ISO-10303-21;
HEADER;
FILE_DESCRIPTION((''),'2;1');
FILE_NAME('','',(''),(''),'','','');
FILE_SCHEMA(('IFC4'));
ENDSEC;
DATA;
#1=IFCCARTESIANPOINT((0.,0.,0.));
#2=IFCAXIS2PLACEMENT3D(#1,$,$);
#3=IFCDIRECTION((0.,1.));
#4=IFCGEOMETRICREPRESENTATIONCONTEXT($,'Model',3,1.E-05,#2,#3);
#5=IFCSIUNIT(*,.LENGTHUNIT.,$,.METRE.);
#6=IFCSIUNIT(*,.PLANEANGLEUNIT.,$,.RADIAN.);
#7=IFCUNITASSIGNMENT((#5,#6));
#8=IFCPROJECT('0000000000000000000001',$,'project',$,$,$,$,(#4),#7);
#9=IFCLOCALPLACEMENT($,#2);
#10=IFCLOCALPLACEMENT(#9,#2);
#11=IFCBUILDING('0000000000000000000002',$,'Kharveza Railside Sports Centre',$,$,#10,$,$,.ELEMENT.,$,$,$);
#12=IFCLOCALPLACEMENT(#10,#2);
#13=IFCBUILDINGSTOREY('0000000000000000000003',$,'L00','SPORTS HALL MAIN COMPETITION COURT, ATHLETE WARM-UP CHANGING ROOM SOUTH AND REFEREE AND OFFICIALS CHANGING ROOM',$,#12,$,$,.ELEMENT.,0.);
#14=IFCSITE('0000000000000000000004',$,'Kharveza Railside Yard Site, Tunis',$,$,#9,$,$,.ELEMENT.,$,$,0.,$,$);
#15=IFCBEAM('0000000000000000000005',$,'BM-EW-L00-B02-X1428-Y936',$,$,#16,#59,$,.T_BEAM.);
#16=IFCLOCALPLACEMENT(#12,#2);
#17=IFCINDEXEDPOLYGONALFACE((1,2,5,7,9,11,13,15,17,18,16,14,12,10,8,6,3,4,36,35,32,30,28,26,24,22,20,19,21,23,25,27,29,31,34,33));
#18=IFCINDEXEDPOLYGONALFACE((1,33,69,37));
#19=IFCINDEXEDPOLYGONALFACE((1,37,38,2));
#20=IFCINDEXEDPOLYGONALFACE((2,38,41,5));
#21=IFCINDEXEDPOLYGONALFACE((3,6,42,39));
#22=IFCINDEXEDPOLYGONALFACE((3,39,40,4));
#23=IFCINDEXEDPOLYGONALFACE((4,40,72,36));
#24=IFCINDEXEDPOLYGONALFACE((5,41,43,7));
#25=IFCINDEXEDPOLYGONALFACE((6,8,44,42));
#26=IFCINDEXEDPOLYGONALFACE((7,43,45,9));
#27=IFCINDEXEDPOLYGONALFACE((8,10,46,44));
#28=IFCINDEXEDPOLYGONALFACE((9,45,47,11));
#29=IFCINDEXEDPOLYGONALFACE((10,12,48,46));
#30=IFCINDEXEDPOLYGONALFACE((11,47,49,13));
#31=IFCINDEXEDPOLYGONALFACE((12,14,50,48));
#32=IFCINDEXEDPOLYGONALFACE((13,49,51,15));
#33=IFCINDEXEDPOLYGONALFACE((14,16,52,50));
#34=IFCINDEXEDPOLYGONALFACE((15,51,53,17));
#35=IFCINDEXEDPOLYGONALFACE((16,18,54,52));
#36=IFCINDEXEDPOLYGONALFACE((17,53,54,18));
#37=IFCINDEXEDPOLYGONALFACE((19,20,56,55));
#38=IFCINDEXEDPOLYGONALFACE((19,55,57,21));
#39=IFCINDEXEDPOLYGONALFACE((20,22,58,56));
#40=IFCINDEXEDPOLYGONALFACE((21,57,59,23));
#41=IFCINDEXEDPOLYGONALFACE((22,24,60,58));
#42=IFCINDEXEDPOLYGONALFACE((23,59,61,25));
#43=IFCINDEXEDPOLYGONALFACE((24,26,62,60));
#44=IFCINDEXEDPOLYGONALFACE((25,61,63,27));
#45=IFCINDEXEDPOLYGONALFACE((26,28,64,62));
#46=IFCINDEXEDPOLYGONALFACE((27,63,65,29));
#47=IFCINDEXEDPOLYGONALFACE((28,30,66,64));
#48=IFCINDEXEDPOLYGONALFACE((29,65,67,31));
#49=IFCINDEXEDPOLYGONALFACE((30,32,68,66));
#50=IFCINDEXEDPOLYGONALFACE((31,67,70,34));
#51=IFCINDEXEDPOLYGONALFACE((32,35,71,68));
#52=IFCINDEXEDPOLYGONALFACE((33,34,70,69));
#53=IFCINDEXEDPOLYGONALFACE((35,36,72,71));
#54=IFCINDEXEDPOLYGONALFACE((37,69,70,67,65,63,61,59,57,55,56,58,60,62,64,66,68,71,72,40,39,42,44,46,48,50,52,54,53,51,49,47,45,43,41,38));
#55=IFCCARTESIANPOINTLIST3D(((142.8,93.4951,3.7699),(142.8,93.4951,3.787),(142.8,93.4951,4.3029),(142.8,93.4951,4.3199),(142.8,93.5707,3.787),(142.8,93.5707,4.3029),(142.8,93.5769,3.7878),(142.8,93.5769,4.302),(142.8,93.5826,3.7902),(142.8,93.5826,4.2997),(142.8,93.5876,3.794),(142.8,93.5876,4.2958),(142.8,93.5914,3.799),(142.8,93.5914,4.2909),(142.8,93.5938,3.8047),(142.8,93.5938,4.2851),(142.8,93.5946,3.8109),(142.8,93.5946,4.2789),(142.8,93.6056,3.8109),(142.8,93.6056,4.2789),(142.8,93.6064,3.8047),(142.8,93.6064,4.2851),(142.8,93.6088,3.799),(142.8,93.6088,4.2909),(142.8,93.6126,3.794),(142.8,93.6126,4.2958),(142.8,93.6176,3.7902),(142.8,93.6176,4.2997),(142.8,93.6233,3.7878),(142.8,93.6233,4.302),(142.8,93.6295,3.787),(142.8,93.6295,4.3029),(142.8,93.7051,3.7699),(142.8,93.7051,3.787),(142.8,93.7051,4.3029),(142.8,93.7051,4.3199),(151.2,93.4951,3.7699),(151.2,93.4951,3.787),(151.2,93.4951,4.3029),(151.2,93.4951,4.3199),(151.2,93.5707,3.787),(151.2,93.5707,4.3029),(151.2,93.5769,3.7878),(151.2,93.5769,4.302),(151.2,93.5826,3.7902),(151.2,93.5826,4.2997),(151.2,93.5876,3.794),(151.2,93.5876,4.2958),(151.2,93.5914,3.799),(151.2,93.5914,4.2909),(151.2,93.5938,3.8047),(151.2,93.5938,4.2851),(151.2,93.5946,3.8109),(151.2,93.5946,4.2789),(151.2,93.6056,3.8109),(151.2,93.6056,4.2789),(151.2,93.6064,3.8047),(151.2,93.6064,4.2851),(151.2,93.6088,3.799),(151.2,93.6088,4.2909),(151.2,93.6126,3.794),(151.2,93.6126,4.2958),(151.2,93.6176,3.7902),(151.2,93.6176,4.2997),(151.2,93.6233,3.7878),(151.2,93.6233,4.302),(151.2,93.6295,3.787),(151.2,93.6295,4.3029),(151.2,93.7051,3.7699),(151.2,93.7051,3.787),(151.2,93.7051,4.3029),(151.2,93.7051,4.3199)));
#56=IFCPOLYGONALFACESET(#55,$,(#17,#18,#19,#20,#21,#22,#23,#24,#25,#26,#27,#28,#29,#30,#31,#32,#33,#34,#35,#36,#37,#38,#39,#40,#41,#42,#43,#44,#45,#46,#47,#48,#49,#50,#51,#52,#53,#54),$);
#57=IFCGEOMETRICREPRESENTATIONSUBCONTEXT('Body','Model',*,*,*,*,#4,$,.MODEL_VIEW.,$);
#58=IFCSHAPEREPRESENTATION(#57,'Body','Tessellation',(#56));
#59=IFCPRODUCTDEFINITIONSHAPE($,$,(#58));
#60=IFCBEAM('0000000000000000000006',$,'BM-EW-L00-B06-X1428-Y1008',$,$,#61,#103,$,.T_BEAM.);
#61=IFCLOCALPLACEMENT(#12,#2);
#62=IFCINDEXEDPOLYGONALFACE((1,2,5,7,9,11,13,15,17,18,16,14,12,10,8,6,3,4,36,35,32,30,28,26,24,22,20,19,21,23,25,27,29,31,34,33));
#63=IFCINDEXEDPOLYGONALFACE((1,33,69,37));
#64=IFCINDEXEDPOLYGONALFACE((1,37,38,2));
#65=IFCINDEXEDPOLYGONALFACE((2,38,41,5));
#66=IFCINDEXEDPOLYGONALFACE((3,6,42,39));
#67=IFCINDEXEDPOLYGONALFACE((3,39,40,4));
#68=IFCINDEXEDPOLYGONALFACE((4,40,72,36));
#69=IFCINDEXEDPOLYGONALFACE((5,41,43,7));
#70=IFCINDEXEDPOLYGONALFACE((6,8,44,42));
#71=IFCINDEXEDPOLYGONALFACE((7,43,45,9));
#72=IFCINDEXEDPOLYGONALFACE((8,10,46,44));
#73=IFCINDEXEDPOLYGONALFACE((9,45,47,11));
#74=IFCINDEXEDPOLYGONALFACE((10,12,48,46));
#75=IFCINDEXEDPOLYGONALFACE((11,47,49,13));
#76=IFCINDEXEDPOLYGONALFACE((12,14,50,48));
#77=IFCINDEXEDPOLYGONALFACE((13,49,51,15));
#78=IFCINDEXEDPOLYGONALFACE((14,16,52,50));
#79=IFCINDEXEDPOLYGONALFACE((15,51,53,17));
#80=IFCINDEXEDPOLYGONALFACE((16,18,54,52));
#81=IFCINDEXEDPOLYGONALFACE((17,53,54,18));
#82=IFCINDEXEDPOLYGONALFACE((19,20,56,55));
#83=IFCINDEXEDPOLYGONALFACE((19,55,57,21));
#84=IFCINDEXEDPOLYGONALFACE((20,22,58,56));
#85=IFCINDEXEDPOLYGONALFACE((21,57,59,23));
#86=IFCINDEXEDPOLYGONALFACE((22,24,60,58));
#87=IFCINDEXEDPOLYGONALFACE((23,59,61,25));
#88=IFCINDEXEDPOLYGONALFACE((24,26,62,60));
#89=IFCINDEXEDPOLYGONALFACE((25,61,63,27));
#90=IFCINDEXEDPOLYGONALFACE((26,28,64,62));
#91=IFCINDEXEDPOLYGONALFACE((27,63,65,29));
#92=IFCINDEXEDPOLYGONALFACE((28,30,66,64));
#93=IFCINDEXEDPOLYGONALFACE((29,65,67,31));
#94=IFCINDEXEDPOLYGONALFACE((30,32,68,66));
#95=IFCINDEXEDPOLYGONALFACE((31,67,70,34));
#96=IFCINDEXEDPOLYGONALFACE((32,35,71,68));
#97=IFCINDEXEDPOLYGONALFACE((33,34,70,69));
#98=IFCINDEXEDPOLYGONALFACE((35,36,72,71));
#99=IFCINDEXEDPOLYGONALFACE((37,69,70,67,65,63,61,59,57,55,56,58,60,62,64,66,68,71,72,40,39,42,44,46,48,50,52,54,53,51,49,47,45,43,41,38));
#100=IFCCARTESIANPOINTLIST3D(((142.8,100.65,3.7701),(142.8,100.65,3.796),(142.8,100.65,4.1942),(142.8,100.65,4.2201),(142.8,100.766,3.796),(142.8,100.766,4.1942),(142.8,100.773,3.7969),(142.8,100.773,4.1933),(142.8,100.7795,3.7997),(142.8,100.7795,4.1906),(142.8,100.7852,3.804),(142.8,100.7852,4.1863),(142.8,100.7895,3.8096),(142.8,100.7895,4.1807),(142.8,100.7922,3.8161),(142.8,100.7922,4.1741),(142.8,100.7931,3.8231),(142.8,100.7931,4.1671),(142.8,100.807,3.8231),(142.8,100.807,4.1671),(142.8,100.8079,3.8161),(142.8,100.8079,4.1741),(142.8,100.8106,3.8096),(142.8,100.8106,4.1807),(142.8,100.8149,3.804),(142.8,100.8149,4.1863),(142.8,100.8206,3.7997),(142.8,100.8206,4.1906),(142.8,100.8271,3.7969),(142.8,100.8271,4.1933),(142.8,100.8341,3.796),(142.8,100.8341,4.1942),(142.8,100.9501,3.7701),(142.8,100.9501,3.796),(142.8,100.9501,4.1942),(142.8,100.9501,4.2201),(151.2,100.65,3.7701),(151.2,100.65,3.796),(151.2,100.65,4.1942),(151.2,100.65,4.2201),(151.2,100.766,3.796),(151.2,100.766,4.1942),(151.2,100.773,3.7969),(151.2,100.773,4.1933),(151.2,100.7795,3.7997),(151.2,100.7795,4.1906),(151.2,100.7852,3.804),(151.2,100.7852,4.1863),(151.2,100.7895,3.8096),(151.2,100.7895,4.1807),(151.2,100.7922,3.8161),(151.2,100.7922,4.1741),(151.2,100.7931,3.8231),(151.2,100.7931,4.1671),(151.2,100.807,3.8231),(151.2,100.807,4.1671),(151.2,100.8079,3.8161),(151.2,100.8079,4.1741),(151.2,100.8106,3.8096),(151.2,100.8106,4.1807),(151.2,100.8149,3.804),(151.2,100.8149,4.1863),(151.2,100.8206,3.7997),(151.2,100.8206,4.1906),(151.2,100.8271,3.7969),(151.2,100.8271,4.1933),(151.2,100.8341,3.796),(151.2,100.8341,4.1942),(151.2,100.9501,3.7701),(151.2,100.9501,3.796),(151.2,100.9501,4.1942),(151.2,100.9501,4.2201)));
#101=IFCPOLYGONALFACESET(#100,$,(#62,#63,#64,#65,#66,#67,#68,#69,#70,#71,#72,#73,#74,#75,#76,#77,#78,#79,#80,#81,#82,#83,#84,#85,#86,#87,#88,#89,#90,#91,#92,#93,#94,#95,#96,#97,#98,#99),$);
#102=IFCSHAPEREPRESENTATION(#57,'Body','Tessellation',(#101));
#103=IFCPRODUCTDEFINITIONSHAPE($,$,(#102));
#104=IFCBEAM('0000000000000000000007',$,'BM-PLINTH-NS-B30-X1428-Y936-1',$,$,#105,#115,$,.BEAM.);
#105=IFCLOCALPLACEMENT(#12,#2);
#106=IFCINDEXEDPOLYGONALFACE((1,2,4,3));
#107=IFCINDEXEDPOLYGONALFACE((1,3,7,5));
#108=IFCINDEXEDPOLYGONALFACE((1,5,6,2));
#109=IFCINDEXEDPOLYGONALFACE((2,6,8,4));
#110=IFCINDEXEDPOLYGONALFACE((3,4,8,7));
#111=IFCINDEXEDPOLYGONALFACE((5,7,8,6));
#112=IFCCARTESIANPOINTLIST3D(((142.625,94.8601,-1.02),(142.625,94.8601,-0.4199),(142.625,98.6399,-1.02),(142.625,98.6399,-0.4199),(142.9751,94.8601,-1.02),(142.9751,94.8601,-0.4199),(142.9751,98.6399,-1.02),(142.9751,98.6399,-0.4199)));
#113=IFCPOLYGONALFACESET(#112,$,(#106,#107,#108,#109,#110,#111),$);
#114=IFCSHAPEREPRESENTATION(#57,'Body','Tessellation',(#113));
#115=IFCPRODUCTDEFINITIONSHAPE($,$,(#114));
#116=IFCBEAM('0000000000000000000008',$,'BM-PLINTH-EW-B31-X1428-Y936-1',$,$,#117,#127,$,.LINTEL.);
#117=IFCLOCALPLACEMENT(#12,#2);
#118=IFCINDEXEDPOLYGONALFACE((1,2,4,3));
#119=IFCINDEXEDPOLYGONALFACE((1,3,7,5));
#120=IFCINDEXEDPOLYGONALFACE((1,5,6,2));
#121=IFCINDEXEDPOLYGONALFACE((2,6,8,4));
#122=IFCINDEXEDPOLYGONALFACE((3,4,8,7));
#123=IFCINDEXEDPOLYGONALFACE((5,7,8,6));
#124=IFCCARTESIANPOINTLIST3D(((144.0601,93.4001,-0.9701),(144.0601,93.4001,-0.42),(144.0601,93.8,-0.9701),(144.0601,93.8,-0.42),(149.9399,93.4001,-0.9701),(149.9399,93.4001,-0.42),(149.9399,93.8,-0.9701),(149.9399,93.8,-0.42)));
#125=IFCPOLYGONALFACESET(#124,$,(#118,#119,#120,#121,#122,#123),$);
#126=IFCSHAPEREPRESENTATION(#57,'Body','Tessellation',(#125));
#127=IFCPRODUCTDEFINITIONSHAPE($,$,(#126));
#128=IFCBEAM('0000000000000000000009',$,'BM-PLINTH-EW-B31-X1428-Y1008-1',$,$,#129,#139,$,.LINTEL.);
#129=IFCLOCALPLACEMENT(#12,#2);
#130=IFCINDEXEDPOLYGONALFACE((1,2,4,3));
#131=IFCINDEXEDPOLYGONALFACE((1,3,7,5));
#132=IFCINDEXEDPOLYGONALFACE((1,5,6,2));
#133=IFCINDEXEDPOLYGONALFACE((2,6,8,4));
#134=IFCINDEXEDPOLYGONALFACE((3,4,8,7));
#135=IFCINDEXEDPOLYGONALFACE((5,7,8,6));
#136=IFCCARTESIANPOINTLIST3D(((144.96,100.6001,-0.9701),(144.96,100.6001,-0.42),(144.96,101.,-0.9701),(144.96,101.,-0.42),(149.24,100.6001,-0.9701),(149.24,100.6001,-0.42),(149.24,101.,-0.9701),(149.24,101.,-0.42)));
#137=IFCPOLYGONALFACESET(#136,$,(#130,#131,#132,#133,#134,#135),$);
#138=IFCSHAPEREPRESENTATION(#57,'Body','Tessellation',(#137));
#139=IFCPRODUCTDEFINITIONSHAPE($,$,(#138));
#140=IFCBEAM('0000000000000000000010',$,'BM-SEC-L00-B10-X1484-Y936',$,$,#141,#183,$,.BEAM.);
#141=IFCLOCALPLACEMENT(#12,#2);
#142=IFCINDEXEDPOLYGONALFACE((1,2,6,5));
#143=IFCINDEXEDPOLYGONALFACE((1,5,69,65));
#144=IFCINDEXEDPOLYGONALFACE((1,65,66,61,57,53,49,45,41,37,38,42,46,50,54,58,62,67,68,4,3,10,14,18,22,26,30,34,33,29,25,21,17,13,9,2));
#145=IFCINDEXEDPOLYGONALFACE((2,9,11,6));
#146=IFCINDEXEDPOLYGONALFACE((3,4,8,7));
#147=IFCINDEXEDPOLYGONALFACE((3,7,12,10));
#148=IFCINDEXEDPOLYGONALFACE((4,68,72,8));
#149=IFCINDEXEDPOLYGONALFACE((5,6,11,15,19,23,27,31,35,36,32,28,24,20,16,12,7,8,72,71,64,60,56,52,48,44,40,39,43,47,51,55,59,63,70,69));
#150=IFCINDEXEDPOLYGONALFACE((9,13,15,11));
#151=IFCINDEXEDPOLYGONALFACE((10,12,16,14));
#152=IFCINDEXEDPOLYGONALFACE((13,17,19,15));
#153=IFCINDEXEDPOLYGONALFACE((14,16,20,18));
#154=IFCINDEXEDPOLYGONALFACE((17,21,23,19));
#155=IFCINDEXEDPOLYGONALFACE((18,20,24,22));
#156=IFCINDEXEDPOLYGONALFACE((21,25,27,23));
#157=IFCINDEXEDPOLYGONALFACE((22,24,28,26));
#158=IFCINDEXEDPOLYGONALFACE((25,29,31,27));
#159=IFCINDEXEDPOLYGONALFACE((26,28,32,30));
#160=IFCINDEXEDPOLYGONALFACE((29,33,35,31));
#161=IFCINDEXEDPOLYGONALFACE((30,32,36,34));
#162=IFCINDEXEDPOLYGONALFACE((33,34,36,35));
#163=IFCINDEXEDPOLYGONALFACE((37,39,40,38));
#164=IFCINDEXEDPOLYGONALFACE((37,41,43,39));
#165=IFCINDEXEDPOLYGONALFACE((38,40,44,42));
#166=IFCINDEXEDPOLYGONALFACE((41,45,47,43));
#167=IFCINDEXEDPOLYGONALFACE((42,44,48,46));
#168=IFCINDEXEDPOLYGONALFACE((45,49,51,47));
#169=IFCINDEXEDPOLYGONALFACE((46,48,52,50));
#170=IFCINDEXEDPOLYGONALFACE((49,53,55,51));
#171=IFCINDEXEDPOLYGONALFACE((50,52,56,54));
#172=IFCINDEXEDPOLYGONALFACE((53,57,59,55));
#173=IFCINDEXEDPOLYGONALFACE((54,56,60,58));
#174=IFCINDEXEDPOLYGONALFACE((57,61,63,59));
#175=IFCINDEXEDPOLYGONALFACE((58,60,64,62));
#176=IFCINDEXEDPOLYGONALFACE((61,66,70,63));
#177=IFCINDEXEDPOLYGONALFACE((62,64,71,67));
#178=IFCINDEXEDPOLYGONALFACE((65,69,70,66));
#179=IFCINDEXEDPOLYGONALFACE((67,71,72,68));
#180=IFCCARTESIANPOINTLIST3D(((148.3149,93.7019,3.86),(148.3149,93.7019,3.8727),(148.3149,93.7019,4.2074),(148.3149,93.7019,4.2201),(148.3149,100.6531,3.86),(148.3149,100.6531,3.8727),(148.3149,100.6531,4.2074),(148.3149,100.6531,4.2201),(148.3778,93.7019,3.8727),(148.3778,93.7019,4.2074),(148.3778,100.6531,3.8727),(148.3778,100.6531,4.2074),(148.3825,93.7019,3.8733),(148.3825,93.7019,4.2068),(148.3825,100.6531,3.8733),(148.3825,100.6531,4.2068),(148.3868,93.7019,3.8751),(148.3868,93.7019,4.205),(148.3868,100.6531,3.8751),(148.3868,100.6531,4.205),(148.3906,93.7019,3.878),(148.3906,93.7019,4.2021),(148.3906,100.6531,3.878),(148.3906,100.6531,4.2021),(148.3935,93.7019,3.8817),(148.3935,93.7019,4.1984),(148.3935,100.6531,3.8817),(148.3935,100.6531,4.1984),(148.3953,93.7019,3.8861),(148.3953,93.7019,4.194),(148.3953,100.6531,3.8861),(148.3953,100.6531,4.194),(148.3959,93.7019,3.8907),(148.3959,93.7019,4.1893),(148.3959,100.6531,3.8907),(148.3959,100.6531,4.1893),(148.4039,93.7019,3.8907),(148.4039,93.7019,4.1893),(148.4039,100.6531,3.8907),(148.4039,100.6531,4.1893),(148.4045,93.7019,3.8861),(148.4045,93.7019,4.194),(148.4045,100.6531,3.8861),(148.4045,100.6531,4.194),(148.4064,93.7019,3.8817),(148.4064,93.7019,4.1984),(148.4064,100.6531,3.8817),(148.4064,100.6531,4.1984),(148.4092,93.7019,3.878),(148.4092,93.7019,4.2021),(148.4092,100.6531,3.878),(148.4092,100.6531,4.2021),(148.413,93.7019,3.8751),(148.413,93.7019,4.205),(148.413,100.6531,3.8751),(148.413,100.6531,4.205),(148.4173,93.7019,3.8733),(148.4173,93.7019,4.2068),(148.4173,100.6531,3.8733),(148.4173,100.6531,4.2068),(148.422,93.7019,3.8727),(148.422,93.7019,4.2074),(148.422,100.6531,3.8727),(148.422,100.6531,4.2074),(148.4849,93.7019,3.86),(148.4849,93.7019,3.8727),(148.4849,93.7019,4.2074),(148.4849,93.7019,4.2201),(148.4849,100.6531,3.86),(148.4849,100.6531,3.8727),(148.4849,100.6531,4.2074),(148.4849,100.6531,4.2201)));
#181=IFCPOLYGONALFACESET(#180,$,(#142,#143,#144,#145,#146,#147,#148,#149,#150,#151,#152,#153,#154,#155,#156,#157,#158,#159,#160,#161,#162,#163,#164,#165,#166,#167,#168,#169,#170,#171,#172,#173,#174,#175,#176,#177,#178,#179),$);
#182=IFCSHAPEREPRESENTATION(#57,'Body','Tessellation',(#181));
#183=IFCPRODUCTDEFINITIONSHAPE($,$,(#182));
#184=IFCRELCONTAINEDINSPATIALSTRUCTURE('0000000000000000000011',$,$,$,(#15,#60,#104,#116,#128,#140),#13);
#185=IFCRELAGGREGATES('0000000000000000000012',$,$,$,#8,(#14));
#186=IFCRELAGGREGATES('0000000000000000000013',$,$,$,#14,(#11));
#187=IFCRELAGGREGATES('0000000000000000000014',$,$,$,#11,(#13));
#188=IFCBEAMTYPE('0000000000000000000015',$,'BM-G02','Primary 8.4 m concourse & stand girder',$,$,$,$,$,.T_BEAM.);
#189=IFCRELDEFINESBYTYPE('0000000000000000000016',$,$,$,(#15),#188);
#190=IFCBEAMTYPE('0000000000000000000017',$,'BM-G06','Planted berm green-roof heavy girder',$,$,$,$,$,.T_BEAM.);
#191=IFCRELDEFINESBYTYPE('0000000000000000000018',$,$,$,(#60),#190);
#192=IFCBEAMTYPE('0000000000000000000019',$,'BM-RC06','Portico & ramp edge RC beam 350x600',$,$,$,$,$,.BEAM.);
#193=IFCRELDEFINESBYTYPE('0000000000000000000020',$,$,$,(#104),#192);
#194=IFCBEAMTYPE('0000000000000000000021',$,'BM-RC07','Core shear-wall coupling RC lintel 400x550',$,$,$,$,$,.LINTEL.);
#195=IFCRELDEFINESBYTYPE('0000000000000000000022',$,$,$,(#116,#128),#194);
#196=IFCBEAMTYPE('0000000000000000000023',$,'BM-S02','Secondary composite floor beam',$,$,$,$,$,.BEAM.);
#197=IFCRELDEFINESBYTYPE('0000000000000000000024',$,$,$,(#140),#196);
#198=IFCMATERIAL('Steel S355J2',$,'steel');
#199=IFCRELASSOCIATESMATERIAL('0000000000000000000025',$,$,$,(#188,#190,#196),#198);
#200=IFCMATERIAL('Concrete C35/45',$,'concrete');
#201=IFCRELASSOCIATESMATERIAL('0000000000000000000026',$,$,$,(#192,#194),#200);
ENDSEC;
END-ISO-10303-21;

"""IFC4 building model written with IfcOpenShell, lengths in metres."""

from ifc_helpers import new_model, si_unit, direction, frame, origin, origin_2d, place, context, subcontext, project, spatial, rectangle, i_section, extrude, material, material_profile, profile_set, type_object, element, save


model = new_model("IFC4")

# Units and contexts
model_context = context("Model", 3, precision=1e-05, world=origin(), true_north=direction((0.0, 1.0)))
body_context = subcontext(model_context, "Body", "Model", "MODEL_VIEW")
ifc_project = project(units=[si_unit("LENGTHUNIT", "METRE"), si_unit("PLANEANGLEUNIT", "RADIAN")], contexts=[model_context])

# Site, building, storey
site_placement = place(None, origin())
site = spatial("IfcSite", under=ifc_project, at=site_placement, Name="Kharveza Railside Yard Site, Tunis", CompositionType="ELEMENT", RefElevation=0.0)
building_placement = place(site_placement, origin())
building = spatial("IfcBuilding", under=site, at=building_placement, Name="Kharveza Railside Sports Centre", CompositionType="ELEMENT")
storey_placement = place(building_placement, origin())
storey = spatial("IfcBuildingStorey", under=building, at=storey_placement, Name="L00", Description="SPORTS HALL MAIN COMPETITION COURT, ATHLETE WARM-UP CHANGING ROOM SOUTH AND REFEREE AND OFFICIALS CHANGING ROOM", CompositionType="ELEMENT", Elevation=0.0)

# Shared definitions
ifc_material_1 = material(Name="Concrete C35/45", Category="concrete")

# Shared definitions
ifc_material_2 = material(Name="Steel S355J2", Category="steel")

# Beams
ifc_material_profile_1 = material_profile(ifc_material_2, i_section(OverallWidth=0.21, OverallDepth=0.55, WebThickness=0.011, FlangeThickness=0.0171, FilletRadius=0.0239, at=origin_2d()), Name="IPE 550")
ifc_profile_set_1 = profile_set([ifc_material_profile_1], Name="Steel S355J2")
beam_type_1 = type_object("IfcBeamType", Name="BM-G02", Description="Primary 8.4 m concourse & stand girder", PredefinedType="T_BEAM", material=ifc_profile_set_1)
beam_1_placement = place(storey_placement, frame((142.8, 93.6001, 4.0449), z_axis=(1.0, 0.0, 0.0), x_axis=(0.0, 1.0, 0.0)))
element("IfcBeam", 1, at=beam_1_placement, inside=storey, type_object=beam_type_1, Name="BM-EW-L00-B02-X1428-Y936", PredefinedType="T_BEAM", context=body_context, shape_type="SweptSolid", body=[
    extrude(i_section(OverallWidth=0.21, OverallDepth=0.55, WebThickness=0.011, FlangeThickness=0.0171, FilletRadius=0.0239, at=origin_2d()), origin(), (0.0, 0.0, 1.0), 8.3999),
])
ifc_material_profile_2 = material_profile(ifc_material_2, i_section(OverallWidth=0.3, OverallDepth=0.45, WebThickness=0.0139, FlangeThickness=0.0259, FilletRadius=0.0271, at=origin_2d()), Name="HEB 450")
ifc_profile_set_2 = profile_set([ifc_material_profile_2], Name="Steel S355J2")
beam_type_2 = type_object("IfcBeamType", Name="BM-G06", Description="Planted berm green-roof heavy girder", PredefinedType="T_BEAM", material=ifc_profile_set_2)
beam_2_placement = place(storey_placement, frame((142.8, 100.8, 3.9951), z_axis=(1.0, 0.0, 0.0), x_axis=(0.0, 1.0, 0.0)))
element("IfcBeam", 2, at=beam_2_placement, inside=storey, type_object=beam_type_2, Name="BM-EW-L00-B06-X1428-Y1008", PredefinedType="T_BEAM", context=body_context, shape_type="SweptSolid", body=[
    extrude(i_section(OverallWidth=0.3, OverallDepth=0.45, WebThickness=0.0139, FlangeThickness=0.0259, FilletRadius=0.0271, at=origin_2d()), origin(), (0.0, 0.0, 1.0), 8.3999),
])
ifc_material_profile_3 = material_profile(ifc_material_1, rectangle(XDim=0.3501, YDim=0.6001, at=origin_2d()), Name="RCB 350x600")
ifc_profile_set_3 = profile_set([ifc_material_profile_3], Name="Concrete C35/45")
beam_type_3 = type_object("IfcBeamType", Name="BM-RC06", Description="Portico & ramp edge RC beam 350x600", PredefinedType="BEAM", material=ifc_profile_set_3)
beam_3_placement = place(storey_placement, frame((142.8, 94.8601, -0.72), z_axis=(0.0, 1.0, 0.0), x_axis=(-1.0, 0.0, 0.0)))
element("IfcBeam", 3, at=beam_3_placement, inside=storey, type_object=beam_type_3, Name="BM-PLINTH-NS-B30-X1428-Y936-1", PredefinedType="BEAM", context=body_context, shape_type="SweptSolid", body=[
    extrude(rectangle(XDim=0.3501, YDim=0.6001, at=origin_2d()), origin(), (0.0, 0.0, 1.0), 3.7798),
])
ifc_material_profile_4 = material_profile(ifc_material_1, rectangle(XDim=0.3999, YDim=0.55, at=origin_2d()), Name="RCB 400x550")
ifc_profile_set_4 = profile_set([ifc_material_profile_4], Name="Concrete C35/45")
beam_type_4 = type_object("IfcBeamType", Name="BM-RC07", Description="Core shear-wall coupling RC lintel 400x550", PredefinedType="LINTEL", material=ifc_profile_set_4)
beam_4_placement = place(storey_placement, frame((144.0601, 93.6001, -0.6951), z_axis=(1.0, 0.0, 0.0), x_axis=(0.0, 1.0, 0.0)))
element("IfcBeam", 4, at=beam_4_placement, inside=storey, type_object=beam_type_4, Name="BM-PLINTH-EW-B31-X1428-Y936-1", PredefinedType="LINTEL", context=body_context, shape_type="SweptSolid", body=[
    extrude(rectangle(XDim=0.3999, YDim=0.55, at=origin_2d()), origin(), (0.0, 0.0, 1.0), 5.8799),
])
beam_5_placement = place(storey_placement, frame((144.96, 100.8, -0.6951), z_axis=(1.0, 0.0, 0.0), x_axis=(0.0, 1.0, 0.0)))
element("IfcBeam", 5, at=beam_5_placement, inside=storey, type_object=beam_type_4, Name="BM-PLINTH-EW-B31-X1428-Y1008-1", PredefinedType="LINTEL", context=body_context, shape_type="SweptSolid", body=[
    extrude(rectangle(XDim=0.3999, YDim=0.55, at=origin_2d()), origin(), (0.0, 0.0, 1.0), 4.28),
])
ifc_material_profile_5 = material_profile(ifc_material_2, i_section(OverallWidth=0.1699, OverallDepth=0.3601, WebThickness=0.0081, FlangeThickness=0.0127, FilletRadius=0.0181, at=origin_2d()), Name="IPE 360")
ifc_profile_set_5 = profile_set([ifc_material_profile_5], Name="Steel S355J2")
beam_type_5 = type_object("IfcBeamType", Name="BM-S02", Description="Secondary composite floor beam", PredefinedType="BEAM", material=ifc_profile_set_5)
beam_6_placement = place(storey_placement, frame((148.3999, 93.7019, 4.04), z_axis=(0.0, 1.0, 0.0), x_axis=(-1.0, 0.0, 0.0)))
element("IfcBeam", 6, at=beam_6_placement, inside=storey, type_object=beam_type_5, Name="BM-SEC-L00-B10-X1484-Y936", PredefinedType="BEAM", context=body_context, shape_type="SweptSolid", body=[
    extrude(i_section(OverallWidth=0.1699, OverallDepth=0.3601, WebThickness=0.0081, FlangeThickness=0.0127, FilletRadius=0.0181, at=origin_2d()), origin(), (0.0, 0.0, 1.0), 6.9512),
])

save(model, "model.ifc")
